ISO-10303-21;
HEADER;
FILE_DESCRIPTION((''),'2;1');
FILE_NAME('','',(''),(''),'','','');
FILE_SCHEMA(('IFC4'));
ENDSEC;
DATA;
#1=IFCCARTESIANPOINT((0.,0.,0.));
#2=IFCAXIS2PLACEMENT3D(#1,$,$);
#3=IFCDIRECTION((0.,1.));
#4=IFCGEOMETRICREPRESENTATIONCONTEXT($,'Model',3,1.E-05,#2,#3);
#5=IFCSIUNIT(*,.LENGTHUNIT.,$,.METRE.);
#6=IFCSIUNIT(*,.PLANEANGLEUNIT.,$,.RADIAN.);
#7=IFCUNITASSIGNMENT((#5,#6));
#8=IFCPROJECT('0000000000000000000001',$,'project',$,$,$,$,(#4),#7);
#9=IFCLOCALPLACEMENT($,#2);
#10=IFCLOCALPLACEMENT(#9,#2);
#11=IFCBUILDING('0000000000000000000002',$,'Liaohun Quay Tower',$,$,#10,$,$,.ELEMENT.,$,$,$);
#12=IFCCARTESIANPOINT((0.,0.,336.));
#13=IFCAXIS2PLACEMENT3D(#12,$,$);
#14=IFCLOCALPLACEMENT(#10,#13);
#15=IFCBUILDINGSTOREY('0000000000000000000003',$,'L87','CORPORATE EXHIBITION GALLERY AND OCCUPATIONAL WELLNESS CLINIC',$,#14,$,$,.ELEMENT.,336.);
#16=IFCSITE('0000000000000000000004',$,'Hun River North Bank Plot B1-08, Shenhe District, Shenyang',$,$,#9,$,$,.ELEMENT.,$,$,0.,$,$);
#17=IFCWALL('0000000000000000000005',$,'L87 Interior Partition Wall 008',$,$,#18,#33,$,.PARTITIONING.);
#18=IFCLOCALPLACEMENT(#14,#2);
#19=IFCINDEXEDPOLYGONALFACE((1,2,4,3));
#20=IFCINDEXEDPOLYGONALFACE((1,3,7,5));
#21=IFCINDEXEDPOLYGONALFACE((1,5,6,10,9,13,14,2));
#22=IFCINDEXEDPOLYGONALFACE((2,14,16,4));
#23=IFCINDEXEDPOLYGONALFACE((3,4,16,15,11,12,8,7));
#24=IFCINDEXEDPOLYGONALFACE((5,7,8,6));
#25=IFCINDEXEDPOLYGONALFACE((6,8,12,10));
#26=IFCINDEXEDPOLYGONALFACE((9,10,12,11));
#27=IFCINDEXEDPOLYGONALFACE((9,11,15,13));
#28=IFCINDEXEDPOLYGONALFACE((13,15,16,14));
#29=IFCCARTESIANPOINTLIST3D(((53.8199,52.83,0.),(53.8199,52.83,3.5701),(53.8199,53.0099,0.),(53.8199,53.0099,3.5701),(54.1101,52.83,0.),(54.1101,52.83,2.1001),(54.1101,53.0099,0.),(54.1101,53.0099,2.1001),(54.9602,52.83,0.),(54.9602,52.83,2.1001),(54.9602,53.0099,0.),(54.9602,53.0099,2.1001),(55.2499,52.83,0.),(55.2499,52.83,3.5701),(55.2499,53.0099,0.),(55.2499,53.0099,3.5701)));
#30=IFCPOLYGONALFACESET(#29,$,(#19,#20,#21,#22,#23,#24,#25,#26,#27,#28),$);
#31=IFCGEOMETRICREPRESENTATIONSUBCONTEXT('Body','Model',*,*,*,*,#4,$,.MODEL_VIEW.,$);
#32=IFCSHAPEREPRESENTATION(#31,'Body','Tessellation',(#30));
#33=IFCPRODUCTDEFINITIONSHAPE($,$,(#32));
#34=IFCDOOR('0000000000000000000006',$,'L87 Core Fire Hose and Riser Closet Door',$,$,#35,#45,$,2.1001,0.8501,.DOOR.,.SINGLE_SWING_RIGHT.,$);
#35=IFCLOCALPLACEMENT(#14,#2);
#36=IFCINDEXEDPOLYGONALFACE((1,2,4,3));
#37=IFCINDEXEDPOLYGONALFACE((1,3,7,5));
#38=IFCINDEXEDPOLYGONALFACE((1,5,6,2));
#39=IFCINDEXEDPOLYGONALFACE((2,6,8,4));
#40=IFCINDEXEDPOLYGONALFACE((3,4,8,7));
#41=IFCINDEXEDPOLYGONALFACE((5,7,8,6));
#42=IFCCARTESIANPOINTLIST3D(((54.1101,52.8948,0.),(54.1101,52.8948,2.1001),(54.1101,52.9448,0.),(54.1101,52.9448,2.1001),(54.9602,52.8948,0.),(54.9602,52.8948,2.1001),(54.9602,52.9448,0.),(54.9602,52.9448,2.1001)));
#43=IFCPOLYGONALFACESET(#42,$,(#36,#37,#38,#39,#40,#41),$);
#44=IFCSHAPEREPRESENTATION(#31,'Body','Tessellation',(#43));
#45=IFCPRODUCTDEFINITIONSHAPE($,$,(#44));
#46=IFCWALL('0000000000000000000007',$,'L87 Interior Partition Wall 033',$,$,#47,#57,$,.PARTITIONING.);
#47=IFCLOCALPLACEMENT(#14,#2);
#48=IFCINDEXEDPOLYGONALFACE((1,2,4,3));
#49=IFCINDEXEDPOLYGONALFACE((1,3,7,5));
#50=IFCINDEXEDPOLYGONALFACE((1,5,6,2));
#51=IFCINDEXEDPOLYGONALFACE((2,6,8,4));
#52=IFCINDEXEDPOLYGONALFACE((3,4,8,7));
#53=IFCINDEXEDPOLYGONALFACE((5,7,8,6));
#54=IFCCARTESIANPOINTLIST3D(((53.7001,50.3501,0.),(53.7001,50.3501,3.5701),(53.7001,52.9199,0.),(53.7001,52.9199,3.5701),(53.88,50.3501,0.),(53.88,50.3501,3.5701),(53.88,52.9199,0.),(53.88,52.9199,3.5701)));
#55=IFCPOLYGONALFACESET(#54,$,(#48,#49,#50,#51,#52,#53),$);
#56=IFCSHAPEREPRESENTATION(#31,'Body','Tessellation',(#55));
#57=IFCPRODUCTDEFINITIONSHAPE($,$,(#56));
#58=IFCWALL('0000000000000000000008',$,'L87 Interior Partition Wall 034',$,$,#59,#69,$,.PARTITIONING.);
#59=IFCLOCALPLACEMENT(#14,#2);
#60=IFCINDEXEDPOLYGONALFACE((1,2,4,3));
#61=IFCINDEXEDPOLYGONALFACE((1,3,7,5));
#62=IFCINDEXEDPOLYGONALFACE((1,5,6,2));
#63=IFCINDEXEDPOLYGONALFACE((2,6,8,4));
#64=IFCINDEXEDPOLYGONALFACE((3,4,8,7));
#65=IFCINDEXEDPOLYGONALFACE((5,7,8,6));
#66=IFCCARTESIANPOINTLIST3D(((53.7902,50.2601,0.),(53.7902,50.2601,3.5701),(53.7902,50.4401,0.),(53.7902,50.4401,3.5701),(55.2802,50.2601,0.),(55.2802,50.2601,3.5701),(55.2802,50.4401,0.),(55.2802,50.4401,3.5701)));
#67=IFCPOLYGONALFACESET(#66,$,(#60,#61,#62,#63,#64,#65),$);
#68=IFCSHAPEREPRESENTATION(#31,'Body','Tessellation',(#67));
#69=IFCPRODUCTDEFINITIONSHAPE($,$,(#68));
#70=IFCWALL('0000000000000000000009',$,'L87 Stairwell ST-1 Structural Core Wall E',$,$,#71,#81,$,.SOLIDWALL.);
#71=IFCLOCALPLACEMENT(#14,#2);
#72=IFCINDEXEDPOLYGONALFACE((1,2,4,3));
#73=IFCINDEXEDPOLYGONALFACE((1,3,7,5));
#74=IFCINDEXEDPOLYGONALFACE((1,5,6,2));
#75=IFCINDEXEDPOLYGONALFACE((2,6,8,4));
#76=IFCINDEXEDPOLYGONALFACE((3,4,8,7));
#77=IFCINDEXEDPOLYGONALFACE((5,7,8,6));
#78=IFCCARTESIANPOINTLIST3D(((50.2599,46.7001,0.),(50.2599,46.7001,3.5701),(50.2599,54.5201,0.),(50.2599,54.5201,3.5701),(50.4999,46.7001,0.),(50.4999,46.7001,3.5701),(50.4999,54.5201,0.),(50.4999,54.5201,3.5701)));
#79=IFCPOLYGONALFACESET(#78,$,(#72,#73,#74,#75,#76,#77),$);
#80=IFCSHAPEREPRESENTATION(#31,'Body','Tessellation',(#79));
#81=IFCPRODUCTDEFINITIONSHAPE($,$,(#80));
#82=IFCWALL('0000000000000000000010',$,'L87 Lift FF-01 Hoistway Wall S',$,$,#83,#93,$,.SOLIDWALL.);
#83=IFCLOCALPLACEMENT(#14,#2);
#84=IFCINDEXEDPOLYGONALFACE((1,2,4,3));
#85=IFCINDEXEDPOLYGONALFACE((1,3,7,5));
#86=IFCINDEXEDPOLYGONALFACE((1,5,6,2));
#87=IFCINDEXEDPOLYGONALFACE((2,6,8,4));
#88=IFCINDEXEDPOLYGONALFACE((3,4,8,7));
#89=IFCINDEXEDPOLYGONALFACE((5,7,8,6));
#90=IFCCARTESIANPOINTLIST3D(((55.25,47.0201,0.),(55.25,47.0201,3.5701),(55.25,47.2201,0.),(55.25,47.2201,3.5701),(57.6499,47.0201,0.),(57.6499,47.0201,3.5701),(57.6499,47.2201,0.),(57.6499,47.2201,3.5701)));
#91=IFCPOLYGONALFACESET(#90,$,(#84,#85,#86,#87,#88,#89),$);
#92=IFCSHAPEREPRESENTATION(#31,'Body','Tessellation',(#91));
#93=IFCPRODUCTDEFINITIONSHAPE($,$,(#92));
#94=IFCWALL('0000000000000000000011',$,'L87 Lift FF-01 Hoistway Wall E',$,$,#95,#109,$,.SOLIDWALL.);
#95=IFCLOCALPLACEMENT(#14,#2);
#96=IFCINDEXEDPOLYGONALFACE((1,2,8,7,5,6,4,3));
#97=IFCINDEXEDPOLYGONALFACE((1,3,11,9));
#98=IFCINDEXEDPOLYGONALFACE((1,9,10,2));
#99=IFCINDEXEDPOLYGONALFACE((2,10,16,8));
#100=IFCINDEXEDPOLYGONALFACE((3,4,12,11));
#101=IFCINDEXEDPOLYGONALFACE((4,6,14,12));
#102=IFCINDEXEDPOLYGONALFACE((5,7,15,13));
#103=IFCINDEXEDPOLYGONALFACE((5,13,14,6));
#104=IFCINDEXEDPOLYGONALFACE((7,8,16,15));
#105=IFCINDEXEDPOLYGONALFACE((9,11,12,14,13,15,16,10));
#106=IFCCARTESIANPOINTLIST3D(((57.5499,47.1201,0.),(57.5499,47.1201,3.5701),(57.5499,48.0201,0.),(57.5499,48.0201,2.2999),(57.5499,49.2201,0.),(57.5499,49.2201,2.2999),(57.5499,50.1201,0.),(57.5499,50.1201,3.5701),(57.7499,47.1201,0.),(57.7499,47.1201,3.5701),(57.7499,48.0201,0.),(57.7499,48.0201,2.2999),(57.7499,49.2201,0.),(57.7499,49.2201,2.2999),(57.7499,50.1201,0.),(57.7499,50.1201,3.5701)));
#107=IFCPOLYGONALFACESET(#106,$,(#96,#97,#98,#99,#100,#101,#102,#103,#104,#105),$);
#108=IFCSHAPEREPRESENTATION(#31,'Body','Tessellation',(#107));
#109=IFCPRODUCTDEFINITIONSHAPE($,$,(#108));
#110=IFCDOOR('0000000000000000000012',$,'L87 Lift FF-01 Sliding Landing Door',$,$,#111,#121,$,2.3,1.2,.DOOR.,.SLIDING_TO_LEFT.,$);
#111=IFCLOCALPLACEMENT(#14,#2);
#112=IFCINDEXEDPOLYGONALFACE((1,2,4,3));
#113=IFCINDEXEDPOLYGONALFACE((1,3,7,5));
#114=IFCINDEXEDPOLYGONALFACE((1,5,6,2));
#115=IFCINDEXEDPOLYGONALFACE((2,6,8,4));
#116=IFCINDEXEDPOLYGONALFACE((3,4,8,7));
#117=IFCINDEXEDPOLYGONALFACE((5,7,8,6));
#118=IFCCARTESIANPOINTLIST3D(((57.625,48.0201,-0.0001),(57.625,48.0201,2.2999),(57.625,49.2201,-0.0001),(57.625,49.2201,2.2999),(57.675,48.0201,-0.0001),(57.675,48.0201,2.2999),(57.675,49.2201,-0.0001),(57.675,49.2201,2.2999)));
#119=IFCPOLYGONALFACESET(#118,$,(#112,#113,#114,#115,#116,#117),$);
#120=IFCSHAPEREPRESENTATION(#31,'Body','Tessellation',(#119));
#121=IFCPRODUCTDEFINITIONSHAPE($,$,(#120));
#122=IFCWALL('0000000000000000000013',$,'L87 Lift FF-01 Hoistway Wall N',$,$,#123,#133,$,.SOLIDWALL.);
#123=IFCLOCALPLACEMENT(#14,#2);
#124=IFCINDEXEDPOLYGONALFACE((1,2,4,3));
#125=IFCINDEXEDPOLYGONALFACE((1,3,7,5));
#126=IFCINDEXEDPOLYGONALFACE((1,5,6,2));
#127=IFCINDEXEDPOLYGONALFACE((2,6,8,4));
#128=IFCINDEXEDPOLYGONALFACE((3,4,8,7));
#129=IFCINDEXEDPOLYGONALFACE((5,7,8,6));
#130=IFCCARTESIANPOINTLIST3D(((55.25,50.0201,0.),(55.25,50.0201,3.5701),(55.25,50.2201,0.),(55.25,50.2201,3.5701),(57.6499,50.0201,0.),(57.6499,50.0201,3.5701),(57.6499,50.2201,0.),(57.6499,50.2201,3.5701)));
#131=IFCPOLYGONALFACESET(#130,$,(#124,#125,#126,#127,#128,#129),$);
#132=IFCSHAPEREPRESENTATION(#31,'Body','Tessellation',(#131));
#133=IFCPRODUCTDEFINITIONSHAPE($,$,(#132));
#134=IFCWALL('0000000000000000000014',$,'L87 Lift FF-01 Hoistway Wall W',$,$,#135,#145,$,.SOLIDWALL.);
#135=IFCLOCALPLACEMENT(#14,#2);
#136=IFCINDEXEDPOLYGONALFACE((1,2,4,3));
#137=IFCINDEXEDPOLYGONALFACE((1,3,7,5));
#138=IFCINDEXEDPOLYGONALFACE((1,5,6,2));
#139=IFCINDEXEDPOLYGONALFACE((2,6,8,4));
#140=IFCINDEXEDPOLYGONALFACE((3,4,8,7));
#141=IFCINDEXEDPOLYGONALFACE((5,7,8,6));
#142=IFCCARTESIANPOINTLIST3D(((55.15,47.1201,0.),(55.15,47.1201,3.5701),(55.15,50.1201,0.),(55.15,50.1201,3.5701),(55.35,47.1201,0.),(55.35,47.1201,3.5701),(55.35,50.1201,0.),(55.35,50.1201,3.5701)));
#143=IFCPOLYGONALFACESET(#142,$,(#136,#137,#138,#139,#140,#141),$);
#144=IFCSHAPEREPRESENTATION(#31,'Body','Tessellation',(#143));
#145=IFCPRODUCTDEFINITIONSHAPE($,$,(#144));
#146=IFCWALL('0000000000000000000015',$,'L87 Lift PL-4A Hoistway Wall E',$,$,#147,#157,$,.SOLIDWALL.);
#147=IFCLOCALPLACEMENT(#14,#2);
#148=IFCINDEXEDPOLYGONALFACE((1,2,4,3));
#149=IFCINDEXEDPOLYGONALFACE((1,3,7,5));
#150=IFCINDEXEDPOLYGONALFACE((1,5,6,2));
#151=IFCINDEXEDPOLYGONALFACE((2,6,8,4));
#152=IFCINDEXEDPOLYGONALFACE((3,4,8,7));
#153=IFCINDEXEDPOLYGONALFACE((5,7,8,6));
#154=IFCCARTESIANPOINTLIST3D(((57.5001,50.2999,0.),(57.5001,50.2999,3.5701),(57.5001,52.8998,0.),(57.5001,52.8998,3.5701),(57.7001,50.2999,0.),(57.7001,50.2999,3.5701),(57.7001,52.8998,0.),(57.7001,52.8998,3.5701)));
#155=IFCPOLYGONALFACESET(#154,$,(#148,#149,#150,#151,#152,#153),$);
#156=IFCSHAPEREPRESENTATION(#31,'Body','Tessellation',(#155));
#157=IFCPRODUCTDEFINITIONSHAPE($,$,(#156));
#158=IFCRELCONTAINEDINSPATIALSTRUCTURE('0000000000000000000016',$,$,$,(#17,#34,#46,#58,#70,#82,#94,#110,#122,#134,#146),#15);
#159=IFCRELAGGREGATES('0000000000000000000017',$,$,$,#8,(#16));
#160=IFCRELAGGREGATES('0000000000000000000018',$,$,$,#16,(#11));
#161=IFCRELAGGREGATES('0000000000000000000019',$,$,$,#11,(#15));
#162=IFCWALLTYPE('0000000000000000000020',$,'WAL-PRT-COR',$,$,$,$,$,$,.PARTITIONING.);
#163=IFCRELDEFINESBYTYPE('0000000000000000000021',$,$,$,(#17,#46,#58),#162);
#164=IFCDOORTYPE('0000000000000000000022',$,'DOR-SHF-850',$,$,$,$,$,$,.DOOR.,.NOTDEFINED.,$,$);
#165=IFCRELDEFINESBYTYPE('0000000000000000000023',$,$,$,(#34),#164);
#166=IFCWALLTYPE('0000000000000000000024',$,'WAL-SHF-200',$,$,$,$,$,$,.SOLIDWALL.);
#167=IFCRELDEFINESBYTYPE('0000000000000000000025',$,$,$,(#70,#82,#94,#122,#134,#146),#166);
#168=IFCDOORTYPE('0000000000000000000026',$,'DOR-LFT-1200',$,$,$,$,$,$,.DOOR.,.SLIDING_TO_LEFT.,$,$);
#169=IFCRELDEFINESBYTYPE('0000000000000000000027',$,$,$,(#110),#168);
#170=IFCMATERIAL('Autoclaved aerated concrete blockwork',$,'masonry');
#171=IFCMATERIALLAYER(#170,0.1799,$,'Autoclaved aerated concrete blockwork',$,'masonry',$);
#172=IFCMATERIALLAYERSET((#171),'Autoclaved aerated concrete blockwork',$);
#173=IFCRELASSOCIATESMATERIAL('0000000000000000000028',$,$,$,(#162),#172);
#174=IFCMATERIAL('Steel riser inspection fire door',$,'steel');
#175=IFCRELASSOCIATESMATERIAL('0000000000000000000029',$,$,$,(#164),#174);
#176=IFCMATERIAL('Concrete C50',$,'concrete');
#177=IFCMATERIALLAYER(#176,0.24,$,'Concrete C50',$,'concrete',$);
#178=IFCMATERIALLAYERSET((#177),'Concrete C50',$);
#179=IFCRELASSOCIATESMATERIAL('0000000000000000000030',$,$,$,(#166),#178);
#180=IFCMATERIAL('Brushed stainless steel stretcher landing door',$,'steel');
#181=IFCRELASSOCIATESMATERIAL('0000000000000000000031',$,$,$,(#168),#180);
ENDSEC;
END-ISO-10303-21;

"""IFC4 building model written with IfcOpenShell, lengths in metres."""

from ifc_helpers import new_model, si_unit, direction, frame, frame_2d, origin, place, context, subcontext, project, spatial, rectangle, extrude, source, transform, mapped, material, layer, layer_set, type_object, element, fill, save


model = new_model("IFC4")

# Units and contexts
model_context = context("Model", 3, precision=1e-05, world=origin(), true_north=direction((0.0, 1.0)))
body_context = subcontext(model_context, "Body", "Model", "MODEL_VIEW")
ifc_project = project(units=[si_unit("LENGTHUNIT", "METRE"), si_unit("PLANEANGLEUNIT", "RADIAN")], contexts=[model_context])

# Site, building, storey
site_placement = place(None, origin())
site = spatial("IfcSite", under=ifc_project, at=site_placement, Name="Hun River North Bank Plot B1-08, Shenhe District, Shenyang", CompositionType="ELEMENT", RefElevation=0.0)
building_placement = place(site_placement, origin())
building = spatial("IfcBuilding", under=site, at=building_placement, Name="Liaohun Quay Tower", CompositionType="ELEMENT")
storey_placement = place(building_placement, frame((0.0, 0.0, 336.0)))
storey = spatial("IfcBuildingStorey", under=building, at=storey_placement, Name="L87", Description="CORPORATE EXHIBITION GALLERY AND OCCUPATIONAL WELLNESS CLINIC", CompositionType="ELEMENT", Elevation=336.0)

# Shared definitions
ifc_material_1 = material(Name="Concrete C50", Category="concrete")

# Wall, opening, door
ifc_material_2 = material(Name="Autoclaved aerated concrete blockwork", Category="masonry")
ifc_layer_1 = layer(ifc_material_2, 0.1799, Name="Autoclaved aerated concrete blockwork", Category="masonry")
ifc_layer_set_1 = layer_set([ifc_layer_1], Name="Autoclaved aerated concrete blockwork")
wall_type_1 = type_object("IfcWallType", Name="WAL-PRT-COR", PredefinedType="PARTITIONING", material=ifc_layer_set_1)
wall_1_placement = place(storey_placement, frame((53.8201, 52.9199, 0.0), z_axis=(0.0, 0.0, 1.0), x_axis=(1.0, 0.0, 0.0)))
wall_1 = element("IfcWall", 1, at=wall_1_placement, inside=storey, type_object=wall_type_1, Name="L87 Interior Partition Wall 008", PredefinedType="PARTITIONING", context=body_context, shape_type="SweptSolid", body=[
    extrude(rectangle(XDim=1.4299, YDim=0.1799, at=frame_2d((0.7148, 0.0))), origin(), (0.0, 0.0, 1.0), 3.5701),
])
shared_shape_1 = source(origin(), body_context, "Body", "SweptSolid", [
    extrude(rectangle(XDim=0.8501, YDim=2.1001, at=frame_2d((0.425, 1.05))), frame((0.0, 0.0999, 0.0), z_axis=(0.0, -1.0, 0.0), x_axis=(1.0, 0.0, 0.0)), (0.0, 0.0, 1.0), 0.2),
])
opening_1_placement = place(wall_1_placement, frame((0.29, 0.0, 0.0)))
opening_1 = element("IfcOpeningElement", 2, at=opening_1_placement, cuts=wall_1, PredefinedType="OPENING", context=body_context, shape_type="MappedRepresentation", body=[
    mapped(shared_shape_1, transform((0.0, 0.0, 0.0), x_axis=(1.0, 0.0, 0.0), y_axis=(0.0, 1.0, 0.0), z_axis=(0.0, 0.0, 1.0), scale=1.0)),
])
ifc_material_3 = material(Name="Steel riser inspection fire door", Category="steel")
door_type_1 = type_object("IfcDoorType", Name="DOR-SHF-850", OperationType="NOTDEFINED", PredefinedType="DOOR", material=ifc_material_3)
shared_shape_2 = source(origin(), body_context, "Body", "SweptSolid", [
    extrude(rectangle(XDim=0.8501, YDim=2.1001, at=frame_2d((0.425, 1.05))), frame((0.0, 0.0249, 0.0), z_axis=(0.0, -1.0, 0.0), x_axis=(1.0, 0.0, 0.0)), (0.0, 0.0, 1.0), 0.05),
])
door_1_placement = place(opening_1_placement, origin())
door_1 = element("IfcDoor", 3, at=door_1_placement, inside=storey, type_object=door_type_1, Name="L87 Core Fire Hose and Riser Closet Door", OperationType="SINGLE_SWING_RIGHT", OverallHeight=2.1001, OverallWidth=0.8501, PredefinedType="DOOR", context=body_context, shape_type="MappedRepresentation", body=[
    mapped(shared_shape_2, transform((0.0, 0.0, 0.0), x_axis=(1.0, 0.0, 0.0), y_axis=(0.0, 1.0, 0.0), z_axis=(0.0, 0.0, 1.0), scale=1.0)),
])
fill(opening_1, door_1)

# Walls
wall_2_placement = place(storey_placement, frame((53.79, 50.3501, 0.0), z_axis=(0.0, 0.0, 1.0), x_axis=(0.0, 1.0, 0.0)))
element("IfcWall", 4, at=wall_2_placement, inside=storey, type_object=wall_type_1, Name="L87 Interior Partition Wall 033", PredefinedType="PARTITIONING", context=body_context, shape_type="SweptSolid", body=[
    extrude(rectangle(XDim=2.5698, YDim=0.1799, at=frame_2d((1.2849, 0.0))), origin(), (0.0, 0.0, 1.0), 3.5701),
])
wall_3_placement = place(storey_placement, frame((53.79, 50.3501, 0.0), z_axis=(0.0, 0.0, 1.0), x_axis=(1.0, 0.0, 0.0)))
element("IfcWall", 5, at=wall_3_placement, inside=storey, type_object=wall_type_1, Name="L87 Interior Partition Wall 034", PredefinedType="PARTITIONING", context=body_context, shape_type="SweptSolid", body=[
    extrude(rectangle(XDim=1.49, YDim=0.1799, at=frame_2d((0.7451, 0.0))), origin(), (0.0, 0.0, 1.0), 3.5701),
])
ifc_layer_2 = layer(ifc_material_1, 0.24, Name="Concrete C50", Category="concrete")
ifc_layer_set_2 = layer_set([ifc_layer_2], Name="Concrete C50")
wall_type_2 = type_object("IfcWallType", Name="WAL-SHF-200", PredefinedType="SOLIDWALL", material=ifc_layer_set_2)
wall_4_placement = place(storey_placement, frame((50.3799, 46.7, 0.0), z_axis=(0.0, 0.0, 1.0), x_axis=(0.0, 1.0, 0.0)))
element("IfcWall", 6, at=wall_4_placement, inside=storey, type_object=wall_type_2, Name="L87 Stairwell ST-1 Structural Core Wall E", PredefinedType="SOLIDWALL", context=body_context, shape_type="SweptSolid", body=[
    extrude(rectangle(XDim=7.8201, YDim=0.24, at=frame_2d((3.9102, 0.0))), origin(), (0.0, 0.0, 1.0), 3.5701),
])
wall_5_placement = place(storey_placement, frame((55.25, 47.1201, 0.0), z_axis=(0.0, 0.0, 1.0), x_axis=(1.0, 0.0, 0.0)))
element("IfcWall", 7, at=wall_5_placement, inside=storey, type_object=wall_type_2, Name="L87 Lift FF-01 Hoistway Wall S", PredefinedType="SOLIDWALL", context=body_context, shape_type="SweptSolid", body=[
    extrude(rectangle(XDim=2.3999, YDim=0.2, at=frame_2d((1.2, 0.0))), origin(), (0.0, 0.0, 1.0), 3.5701),
])

# Wall, opening, door
wall_6_placement = place(storey_placement, frame((57.6499, 47.1201, 0.0), z_axis=(0.0, 0.0, 1.0), x_axis=(0.0, 1.0, 0.0)))
wall_6 = element("IfcWall", 8, at=wall_6_placement, inside=storey, type_object=wall_type_2, Name="L87 Lift FF-01 Hoistway Wall E", PredefinedType="SOLIDWALL", context=body_context, shape_type="SweptSolid", body=[
    extrude(rectangle(XDim=3.0, YDim=0.2, at=frame_2d((1.5, 0.0))), origin(), (0.0, 0.0, 1.0), 3.5701),
])
shared_shape_3 = source(origin(), body_context, "Body", "SweptSolid", [
    extrude(rectangle(XDim=1.2, YDim=2.3, at=frame_2d((0.6001, 1.1499))), frame((0.0, 0.1099, 0.0), z_axis=(0.0, -1.0, 0.0), x_axis=(1.0, 0.0, 0.0)), (0.0, 0.0, 1.0), 0.22),
])
opening_2_placement = place(wall_6_placement, frame((0.8999, 0.0, 0.0)))
opening_2 = element("IfcOpeningElement", 9, at=opening_2_placement, cuts=wall_6, PredefinedType="OPENING", context=body_context, shape_type="MappedRepresentation", body=[
    mapped(shared_shape_3, transform((0.0, 0.0, 0.0), x_axis=(1.0, 0.0, 0.0), y_axis=(0.0, 1.0, 0.0), z_axis=(0.0, 0.0, 1.0), scale=1.0)),
])
ifc_material_4 = material(Name="Brushed stainless steel stretcher landing door", Category="steel")
door_type_2 = type_object("IfcDoorType", Name="DOR-LFT-1200", OperationType="SLIDING_TO_LEFT", PredefinedType="DOOR", material=ifc_material_4)
shared_shape_4 = source(origin(), body_context, "Body", "SweptSolid", [
    extrude(rectangle(XDim=1.2, YDim=2.3, at=frame_2d((0.6001, 1.1499))), frame((0.0, 0.0249, 0.0), z_axis=(0.0, -1.0, 0.0), x_axis=(1.0, 0.0, 0.0)), (0.0, 0.0, 1.0), 0.05),
])
door_2_placement = place(opening_2_placement, origin())
door_2 = element("IfcDoor", 10, at=door_2_placement, inside=storey, type_object=door_type_2, Name="L87 Lift FF-01 Sliding Landing Door", OperationType="SLIDING_TO_LEFT", OverallHeight=2.3, OverallWidth=1.2, PredefinedType="DOOR", context=body_context, shape_type="MappedRepresentation", body=[
    mapped(shared_shape_4, transform((0.0, 0.0, 0.0), x_axis=(1.0, 0.0, 0.0), y_axis=(0.0, 1.0, 0.0), z_axis=(0.0, 0.0, 1.0), scale=1.0)),
])
fill(opening_2, door_2)

# Walls
wall_7_placement = place(storey_placement, frame((57.6499, 50.1201, 0.0), z_axis=(0.0, 0.0, 1.0), x_axis=(-1.0, 0.0, 0.0)))
element("IfcWall", 11, at=wall_7_placement, inside=storey, type_object=wall_type_2, Name="L87 Lift FF-01 Hoistway Wall N", PredefinedType="SOLIDWALL", context=body_context, shape_type="SweptSolid", body=[
    extrude(rectangle(XDim=2.3999, YDim=0.2, at=frame_2d((1.2, 0.0))), origin(), (0.0, 0.0, 1.0), 3.5701),
])
wall_8_placement = place(storey_placement, frame((55.25, 50.1201, 0.0), z_axis=(0.0, 0.0, 1.0), x_axis=(0.0, -1.0, 0.0)))
element("IfcWall", 12, at=wall_8_placement, inside=storey, type_object=wall_type_2, Name="L87 Lift FF-01 Hoistway Wall W", PredefinedType="SOLIDWALL", context=body_context, shape_type="SweptSolid", body=[
    extrude(rectangle(XDim=3.0, YDim=0.2, at=frame_2d((1.5, 0.0))), origin(), (0.0, 0.0, 1.0), 3.5701),
])
wall_9_placement = place(storey_placement, frame((57.6001, 50.3, 0.0), z_axis=(0.0, 0.0, 1.0), x_axis=(0.0, 1.0, 0.0)))
element("IfcWall", 13, at=wall_9_placement, inside=storey, type_object=wall_type_2, Name="L87 Lift PL-4A Hoistway Wall E", PredefinedType="SOLIDWALL", context=body_context, shape_type="SweptSolid", body=[
    extrude(rectangle(XDim=2.5999, YDim=0.2, at=frame_2d((1.2998, 0.0))), origin(), (0.0, 0.0, 1.0), 3.5701),
])

save(model, "model.ifc")
